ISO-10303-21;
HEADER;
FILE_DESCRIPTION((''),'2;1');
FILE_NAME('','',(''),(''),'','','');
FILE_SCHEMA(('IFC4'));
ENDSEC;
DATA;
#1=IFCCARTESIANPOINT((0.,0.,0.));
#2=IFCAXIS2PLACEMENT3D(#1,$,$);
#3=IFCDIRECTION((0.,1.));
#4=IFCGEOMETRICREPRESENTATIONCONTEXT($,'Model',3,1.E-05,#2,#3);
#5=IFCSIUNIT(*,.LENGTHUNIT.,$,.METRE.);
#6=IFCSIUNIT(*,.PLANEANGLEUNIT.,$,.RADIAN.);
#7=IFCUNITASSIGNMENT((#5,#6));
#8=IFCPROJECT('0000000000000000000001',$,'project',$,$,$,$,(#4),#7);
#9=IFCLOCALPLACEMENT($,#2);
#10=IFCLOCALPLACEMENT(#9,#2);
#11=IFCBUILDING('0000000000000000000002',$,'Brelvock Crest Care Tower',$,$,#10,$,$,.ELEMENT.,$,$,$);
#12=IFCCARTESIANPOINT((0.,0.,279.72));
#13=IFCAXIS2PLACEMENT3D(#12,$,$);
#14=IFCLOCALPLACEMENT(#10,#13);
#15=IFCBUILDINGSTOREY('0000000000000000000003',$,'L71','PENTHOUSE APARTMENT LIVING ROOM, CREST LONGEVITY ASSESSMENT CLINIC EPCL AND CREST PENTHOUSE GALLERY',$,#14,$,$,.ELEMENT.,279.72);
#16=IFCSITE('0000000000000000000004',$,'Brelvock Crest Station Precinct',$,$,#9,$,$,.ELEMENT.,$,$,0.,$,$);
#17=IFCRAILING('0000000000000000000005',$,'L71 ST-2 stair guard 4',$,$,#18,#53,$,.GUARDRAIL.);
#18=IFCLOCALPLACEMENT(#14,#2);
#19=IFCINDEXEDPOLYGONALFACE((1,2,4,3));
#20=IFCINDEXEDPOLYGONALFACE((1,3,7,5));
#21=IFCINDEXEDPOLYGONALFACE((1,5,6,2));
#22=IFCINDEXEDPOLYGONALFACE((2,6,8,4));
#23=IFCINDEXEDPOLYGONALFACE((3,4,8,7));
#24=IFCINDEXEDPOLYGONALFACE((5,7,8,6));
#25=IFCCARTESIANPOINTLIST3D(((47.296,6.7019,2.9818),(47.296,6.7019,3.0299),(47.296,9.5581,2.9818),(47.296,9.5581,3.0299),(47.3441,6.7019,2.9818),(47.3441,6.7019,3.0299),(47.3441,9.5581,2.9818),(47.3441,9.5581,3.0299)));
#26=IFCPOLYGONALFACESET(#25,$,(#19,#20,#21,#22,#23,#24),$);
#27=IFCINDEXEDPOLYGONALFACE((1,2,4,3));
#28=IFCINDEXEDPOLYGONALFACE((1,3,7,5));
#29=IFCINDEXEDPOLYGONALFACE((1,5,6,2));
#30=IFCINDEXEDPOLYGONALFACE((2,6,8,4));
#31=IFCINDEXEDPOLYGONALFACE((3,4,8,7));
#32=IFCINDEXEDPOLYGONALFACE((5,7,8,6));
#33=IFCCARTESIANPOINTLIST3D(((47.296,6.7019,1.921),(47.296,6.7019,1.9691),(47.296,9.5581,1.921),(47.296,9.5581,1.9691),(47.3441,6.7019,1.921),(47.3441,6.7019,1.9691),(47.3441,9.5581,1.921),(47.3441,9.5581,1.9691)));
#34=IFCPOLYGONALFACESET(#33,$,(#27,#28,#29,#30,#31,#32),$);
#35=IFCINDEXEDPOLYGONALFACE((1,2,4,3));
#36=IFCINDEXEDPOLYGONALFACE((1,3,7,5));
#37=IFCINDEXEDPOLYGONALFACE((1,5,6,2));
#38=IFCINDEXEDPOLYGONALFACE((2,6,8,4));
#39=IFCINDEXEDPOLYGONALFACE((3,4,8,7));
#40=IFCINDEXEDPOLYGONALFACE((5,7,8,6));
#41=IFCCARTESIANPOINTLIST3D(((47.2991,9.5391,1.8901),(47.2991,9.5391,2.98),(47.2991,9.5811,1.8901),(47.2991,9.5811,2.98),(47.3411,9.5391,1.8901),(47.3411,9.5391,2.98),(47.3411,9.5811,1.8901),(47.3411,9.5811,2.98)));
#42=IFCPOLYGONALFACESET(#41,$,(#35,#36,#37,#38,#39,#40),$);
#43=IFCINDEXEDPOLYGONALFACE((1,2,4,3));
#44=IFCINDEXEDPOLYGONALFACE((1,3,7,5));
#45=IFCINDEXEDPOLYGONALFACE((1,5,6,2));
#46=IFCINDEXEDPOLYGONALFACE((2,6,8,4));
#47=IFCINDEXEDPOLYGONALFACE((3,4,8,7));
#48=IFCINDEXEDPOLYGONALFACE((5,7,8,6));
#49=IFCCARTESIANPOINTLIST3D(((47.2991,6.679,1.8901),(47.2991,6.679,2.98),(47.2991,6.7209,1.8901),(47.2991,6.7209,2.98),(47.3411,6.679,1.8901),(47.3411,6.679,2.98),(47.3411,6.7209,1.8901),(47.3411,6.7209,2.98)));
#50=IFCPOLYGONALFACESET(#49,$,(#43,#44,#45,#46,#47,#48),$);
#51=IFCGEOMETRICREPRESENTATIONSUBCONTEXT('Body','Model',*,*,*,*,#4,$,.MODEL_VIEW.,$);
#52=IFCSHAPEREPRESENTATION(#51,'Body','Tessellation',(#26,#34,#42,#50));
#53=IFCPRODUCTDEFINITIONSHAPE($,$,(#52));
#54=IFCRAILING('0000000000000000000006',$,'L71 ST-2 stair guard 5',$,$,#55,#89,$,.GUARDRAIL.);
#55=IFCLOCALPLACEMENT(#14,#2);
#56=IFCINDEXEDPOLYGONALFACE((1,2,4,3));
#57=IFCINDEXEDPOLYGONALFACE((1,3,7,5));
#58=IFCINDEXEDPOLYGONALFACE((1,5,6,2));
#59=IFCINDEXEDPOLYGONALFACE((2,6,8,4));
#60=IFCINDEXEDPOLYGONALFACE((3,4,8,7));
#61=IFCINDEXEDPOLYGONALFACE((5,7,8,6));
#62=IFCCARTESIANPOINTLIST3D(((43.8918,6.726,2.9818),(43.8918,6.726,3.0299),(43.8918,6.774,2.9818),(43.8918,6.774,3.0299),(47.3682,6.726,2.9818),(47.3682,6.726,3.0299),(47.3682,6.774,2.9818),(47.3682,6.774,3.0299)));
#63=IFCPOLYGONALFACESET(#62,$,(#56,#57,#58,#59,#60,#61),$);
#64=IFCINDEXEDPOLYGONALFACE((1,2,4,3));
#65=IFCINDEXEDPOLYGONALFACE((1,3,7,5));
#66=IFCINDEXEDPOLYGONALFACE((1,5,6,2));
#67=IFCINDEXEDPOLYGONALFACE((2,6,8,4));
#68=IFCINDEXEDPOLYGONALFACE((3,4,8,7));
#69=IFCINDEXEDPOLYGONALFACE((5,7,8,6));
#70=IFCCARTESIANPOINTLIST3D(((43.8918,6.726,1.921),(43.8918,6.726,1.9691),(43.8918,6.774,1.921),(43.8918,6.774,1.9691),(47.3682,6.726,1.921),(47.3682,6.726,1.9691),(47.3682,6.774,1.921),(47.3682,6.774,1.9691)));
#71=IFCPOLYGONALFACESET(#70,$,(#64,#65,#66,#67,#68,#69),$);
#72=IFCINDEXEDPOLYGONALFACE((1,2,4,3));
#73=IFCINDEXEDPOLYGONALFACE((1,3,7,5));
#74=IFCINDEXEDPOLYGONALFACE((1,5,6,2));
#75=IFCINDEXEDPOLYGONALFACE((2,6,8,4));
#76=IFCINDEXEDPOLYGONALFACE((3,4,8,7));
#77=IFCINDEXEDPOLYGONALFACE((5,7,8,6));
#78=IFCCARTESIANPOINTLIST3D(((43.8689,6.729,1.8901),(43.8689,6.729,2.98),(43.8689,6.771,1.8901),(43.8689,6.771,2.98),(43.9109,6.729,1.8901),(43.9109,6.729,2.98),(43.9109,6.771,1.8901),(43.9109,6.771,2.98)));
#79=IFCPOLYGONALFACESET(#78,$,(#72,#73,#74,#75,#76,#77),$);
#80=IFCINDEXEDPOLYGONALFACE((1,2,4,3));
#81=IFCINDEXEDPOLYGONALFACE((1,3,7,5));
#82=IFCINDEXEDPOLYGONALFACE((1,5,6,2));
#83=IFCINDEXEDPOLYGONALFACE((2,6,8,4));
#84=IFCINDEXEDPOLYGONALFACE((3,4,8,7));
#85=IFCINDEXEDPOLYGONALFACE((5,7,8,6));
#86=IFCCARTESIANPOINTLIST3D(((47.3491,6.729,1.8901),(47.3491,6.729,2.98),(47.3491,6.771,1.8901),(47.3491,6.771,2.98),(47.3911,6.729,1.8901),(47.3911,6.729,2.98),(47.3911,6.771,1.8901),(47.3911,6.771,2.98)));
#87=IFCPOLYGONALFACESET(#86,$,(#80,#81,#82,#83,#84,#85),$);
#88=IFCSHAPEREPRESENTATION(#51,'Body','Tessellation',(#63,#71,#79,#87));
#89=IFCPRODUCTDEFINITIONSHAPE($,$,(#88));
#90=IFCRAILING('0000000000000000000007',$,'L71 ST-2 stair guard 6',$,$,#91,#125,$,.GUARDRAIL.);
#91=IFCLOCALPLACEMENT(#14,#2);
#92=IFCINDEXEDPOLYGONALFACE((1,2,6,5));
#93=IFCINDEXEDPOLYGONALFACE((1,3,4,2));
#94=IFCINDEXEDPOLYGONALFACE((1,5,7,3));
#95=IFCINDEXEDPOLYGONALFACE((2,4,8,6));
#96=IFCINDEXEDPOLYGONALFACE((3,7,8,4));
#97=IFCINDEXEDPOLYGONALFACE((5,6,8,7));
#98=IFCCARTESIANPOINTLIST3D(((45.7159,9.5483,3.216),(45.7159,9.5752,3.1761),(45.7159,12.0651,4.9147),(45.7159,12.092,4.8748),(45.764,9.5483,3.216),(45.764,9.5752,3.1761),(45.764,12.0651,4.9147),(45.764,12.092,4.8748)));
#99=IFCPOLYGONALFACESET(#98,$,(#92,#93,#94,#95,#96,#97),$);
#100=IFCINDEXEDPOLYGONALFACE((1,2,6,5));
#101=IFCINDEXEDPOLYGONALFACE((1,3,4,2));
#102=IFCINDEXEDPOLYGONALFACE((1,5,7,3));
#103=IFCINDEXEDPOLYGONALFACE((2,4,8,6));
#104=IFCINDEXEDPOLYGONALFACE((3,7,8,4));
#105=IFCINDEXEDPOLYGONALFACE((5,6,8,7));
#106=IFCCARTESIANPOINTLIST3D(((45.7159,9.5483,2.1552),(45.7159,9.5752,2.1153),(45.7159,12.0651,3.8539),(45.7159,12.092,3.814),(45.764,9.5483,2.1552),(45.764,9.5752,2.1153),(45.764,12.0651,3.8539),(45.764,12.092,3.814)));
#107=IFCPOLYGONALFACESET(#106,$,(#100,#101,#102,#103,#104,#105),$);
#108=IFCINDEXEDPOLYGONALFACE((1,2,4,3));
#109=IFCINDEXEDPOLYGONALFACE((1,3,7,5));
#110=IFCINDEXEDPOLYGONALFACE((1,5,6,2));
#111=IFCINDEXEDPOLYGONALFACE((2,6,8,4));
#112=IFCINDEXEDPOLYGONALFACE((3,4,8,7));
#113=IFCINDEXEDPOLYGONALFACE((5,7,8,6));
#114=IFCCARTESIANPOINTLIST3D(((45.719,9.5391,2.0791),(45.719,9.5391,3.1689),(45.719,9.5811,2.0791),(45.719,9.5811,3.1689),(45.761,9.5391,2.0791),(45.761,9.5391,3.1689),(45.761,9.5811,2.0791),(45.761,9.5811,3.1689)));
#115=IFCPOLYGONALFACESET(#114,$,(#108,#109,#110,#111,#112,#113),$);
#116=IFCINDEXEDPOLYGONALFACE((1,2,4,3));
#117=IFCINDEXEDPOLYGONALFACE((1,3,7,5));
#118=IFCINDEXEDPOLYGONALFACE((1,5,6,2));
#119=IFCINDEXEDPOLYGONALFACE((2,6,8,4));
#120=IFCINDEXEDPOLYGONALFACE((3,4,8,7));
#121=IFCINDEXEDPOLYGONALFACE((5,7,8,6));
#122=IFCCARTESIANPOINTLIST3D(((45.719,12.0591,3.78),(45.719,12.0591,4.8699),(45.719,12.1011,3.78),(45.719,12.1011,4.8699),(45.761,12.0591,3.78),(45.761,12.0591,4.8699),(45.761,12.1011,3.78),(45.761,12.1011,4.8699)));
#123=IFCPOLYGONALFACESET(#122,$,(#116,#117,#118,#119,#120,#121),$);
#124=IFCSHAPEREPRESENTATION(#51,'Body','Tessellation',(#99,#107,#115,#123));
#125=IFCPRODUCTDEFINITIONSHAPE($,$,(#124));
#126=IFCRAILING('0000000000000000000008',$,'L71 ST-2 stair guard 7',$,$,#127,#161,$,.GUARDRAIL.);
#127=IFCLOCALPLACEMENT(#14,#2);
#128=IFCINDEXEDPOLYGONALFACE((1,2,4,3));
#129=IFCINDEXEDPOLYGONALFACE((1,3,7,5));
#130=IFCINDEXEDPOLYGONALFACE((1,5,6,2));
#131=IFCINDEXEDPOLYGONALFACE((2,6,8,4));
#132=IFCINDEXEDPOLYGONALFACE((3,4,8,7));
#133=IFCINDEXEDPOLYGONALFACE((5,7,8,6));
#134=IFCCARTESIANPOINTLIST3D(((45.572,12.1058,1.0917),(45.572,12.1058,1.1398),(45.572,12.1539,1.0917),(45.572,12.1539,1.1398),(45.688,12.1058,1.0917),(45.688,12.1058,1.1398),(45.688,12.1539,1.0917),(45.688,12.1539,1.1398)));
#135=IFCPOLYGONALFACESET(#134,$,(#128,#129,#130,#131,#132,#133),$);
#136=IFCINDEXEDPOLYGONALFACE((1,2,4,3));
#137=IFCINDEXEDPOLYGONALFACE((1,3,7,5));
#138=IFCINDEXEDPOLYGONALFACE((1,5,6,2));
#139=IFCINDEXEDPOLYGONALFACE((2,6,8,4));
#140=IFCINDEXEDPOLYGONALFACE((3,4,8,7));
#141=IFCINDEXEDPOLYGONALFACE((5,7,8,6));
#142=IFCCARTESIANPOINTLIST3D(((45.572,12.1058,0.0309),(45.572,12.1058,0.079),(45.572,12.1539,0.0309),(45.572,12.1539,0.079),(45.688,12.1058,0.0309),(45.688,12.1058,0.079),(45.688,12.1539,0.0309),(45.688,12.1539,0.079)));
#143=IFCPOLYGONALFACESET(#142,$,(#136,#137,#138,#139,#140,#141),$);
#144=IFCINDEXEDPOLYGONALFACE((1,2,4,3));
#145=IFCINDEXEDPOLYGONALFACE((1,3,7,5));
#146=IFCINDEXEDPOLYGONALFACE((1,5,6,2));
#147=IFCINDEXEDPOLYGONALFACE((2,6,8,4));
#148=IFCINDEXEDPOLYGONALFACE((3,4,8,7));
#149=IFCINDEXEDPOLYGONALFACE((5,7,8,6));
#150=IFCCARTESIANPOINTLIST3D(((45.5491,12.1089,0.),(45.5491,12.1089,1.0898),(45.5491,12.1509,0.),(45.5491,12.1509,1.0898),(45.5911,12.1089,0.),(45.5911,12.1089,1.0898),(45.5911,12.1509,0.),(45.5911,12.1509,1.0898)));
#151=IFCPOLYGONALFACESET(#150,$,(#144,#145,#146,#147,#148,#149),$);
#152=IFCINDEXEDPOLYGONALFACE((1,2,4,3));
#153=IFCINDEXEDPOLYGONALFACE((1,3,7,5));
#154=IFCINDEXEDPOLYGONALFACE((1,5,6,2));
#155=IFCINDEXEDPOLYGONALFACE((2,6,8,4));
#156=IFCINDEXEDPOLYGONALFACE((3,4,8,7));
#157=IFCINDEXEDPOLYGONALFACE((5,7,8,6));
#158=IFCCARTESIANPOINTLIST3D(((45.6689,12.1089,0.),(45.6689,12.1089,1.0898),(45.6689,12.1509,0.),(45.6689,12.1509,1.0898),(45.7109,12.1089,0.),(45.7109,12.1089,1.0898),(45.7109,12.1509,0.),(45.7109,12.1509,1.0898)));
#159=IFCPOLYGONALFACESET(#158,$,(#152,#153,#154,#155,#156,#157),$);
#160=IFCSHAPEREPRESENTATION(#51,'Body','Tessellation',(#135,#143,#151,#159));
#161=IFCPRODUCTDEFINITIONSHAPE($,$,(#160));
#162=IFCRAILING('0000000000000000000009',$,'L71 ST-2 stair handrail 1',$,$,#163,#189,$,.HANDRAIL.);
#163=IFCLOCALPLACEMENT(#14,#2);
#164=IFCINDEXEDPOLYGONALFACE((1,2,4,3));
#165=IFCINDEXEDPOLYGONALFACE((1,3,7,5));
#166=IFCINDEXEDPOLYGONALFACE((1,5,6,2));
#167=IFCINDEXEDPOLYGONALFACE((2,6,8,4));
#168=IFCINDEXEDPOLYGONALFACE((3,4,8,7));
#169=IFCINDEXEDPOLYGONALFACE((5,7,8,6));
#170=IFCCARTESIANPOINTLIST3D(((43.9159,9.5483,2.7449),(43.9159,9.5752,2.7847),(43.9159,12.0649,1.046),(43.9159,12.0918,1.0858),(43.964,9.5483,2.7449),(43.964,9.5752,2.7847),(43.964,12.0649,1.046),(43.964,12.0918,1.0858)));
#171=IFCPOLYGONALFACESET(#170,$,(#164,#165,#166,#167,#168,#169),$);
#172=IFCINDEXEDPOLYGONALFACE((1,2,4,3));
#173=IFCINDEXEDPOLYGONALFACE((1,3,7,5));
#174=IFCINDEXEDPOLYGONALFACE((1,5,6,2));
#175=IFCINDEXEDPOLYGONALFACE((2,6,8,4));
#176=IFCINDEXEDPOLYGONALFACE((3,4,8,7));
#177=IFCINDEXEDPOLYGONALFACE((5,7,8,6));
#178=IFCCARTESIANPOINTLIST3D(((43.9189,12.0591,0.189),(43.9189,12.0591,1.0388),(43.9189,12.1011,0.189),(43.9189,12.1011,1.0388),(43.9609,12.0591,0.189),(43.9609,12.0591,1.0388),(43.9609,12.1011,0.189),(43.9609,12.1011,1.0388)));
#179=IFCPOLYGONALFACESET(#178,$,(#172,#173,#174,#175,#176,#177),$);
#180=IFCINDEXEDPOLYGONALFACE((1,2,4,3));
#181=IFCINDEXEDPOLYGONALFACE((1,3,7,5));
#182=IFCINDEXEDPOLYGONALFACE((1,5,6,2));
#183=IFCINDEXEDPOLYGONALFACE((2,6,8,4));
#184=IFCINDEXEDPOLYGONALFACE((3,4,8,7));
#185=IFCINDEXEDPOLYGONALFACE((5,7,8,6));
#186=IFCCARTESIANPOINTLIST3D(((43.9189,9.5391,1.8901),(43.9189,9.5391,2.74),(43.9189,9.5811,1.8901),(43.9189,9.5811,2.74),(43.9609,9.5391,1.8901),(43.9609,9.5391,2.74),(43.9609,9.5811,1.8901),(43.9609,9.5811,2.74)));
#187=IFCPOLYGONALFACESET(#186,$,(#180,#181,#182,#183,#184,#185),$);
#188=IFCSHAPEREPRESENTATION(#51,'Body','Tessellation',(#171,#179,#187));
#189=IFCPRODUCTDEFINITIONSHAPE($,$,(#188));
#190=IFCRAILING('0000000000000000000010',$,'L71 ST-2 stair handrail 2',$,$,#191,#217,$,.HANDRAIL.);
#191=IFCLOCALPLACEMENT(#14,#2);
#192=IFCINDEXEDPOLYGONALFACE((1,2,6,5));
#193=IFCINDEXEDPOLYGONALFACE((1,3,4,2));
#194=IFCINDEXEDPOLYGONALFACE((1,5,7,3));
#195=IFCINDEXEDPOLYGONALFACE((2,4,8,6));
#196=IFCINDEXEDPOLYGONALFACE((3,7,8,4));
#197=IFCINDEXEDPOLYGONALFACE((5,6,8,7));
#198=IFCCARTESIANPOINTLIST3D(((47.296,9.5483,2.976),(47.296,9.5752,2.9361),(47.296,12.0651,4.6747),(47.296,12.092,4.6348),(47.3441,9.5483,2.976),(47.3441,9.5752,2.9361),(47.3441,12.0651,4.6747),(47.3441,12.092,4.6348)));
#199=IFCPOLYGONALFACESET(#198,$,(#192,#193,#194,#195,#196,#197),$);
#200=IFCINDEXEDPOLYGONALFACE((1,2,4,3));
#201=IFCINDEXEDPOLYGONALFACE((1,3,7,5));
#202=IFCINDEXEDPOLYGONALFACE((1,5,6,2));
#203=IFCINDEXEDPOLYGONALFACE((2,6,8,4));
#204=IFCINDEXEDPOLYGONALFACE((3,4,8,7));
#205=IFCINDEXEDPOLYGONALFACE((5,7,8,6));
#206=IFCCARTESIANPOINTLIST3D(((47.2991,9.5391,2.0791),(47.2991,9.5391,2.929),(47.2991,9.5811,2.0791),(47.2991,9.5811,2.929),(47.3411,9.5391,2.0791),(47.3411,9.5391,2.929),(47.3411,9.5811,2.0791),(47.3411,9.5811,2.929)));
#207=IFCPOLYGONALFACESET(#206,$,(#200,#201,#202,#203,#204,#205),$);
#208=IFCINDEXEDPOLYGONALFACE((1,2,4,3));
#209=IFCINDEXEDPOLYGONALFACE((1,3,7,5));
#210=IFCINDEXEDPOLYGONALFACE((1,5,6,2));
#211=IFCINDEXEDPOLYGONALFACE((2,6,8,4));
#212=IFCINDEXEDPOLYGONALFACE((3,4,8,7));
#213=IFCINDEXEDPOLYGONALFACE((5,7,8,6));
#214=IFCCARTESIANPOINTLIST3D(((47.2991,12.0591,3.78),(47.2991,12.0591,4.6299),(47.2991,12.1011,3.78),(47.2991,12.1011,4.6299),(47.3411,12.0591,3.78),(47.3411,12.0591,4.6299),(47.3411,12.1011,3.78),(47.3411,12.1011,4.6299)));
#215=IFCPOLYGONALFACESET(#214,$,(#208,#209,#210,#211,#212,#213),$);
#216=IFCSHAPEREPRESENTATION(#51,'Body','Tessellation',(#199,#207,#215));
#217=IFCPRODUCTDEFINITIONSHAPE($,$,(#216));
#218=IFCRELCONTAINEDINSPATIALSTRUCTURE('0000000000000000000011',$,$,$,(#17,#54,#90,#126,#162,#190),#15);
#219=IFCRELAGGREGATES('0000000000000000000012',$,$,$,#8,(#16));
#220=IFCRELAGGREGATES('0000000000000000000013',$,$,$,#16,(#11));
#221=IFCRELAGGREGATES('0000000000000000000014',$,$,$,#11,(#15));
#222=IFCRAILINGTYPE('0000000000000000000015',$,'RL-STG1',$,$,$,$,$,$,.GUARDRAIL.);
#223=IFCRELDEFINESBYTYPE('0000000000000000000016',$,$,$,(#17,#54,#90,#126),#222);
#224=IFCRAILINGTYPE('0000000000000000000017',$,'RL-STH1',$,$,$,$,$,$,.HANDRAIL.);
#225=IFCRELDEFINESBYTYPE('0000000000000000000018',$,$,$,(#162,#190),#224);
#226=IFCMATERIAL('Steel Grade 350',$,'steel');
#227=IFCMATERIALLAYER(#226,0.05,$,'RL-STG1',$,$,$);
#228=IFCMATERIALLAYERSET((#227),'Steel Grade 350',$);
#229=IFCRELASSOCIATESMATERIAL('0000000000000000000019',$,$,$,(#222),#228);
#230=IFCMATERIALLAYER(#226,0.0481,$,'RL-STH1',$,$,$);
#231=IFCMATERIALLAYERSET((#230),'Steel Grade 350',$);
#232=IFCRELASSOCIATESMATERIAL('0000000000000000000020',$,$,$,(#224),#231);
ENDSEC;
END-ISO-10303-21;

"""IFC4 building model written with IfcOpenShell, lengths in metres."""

from ifc_helpers import new_model, si_unit, direction, frame, origin, origin_2d, place, context, subcontext, project, spatial, rectangle, extrude, material, layer, layer_set, type_object, element, save


model = new_model("IFC4")

# Units and contexts
model_context = context("Model", 3, precision=1e-05, world=origin(), true_north=direction((0.0, 1.0)))
body_context = subcontext(model_context, "Body", "Model", "MODEL_VIEW")
ifc_project = project(units=[si_unit("LENGTHUNIT", "METRE"), si_unit("PLANEANGLEUNIT", "RADIAN")], contexts=[model_context])

# Site, building, storey
site_placement = place(None, origin())
site = spatial("IfcSite", under=ifc_project, at=site_placement, Name="Brelvock Crest Station Precinct", CompositionType="ELEMENT", RefElevation=0.0)
building_placement = place(site_placement, origin())
building = spatial("IfcBuilding", under=site, at=building_placement, Name="Brelvock Crest Care Tower", CompositionType="ELEMENT")
storey_placement = place(building_placement, frame((0.0, 0.0, 279.72)))
storey = spatial("IfcBuildingStorey", under=building, at=storey_placement, Name="L71", Description="PENTHOUSE APARTMENT LIVING ROOM, CREST LONGEVITY ASSESSMENT CLINIC EPCL AND CREST PENTHOUSE GALLERY", CompositionType="ELEMENT", Elevation=279.72)

# Shared definitions
ifc_material_1 = material(Name="Steel Grade 350", Category="steel")

# Railings
ifc_layer_1 = layer(ifc_material_1, 0.05, Name="RL-STG1")
ifc_layer_set_1 = layer_set([ifc_layer_1], Name="Steel Grade 350")
railing_type_1 = type_object("IfcRailingType", Name="RL-STG1", PredefinedType="GUARDRAIL", material=ifc_layer_set_1)
for number, where, name in (
    (1, (47.3201, 9.5601, 1.8901), "L71 ST-2 stair guard 4"),
):
    element("IfcRailing", number, at=place(storey_placement, frame(where)), inside=storey, type_object=railing_type_1, Name=name, PredefinedType="GUARDRAIL", context=body_context, shape_type="SweptSolid", body=[
        extrude(rectangle(XDim=0.0481, YDim=0.0481, at=origin_2d()), frame((0.0, -0.002, 1.1157), z_axis=(0.0, -1.0, 0.0), x_axis=(1.0, 0.0, 0.0)), (0.0, 0.0, 1.0), 2.8562),
        extrude(rectangle(XDim=0.0481, YDim=0.0481, at=origin_2d()), frame((0.0, -0.002, 0.0549), z_axis=(0.0, -1.0, 0.0), x_axis=(1.0, 0.0, 0.0)), (0.0, 0.0, 1.0), 2.8562),
        extrude(rectangle(XDim=0.042, YDim=0.042, at=origin_2d()), origin(), (0.0, 0.0, 1.0), 1.0898),
        extrude(rectangle(XDim=0.042, YDim=0.042, at=origin_2d()), frame((0.0, -2.8601, 0.0)), (0.0, 0.0, 1.0), 1.0898),
    ])
railing_1_placement = place(storey_placement, frame((43.8899, 6.75, 1.8901)))
element("IfcRailing", 2, at=railing_1_placement, inside=storey, type_object=railing_type_1, Name="L71 ST-2 stair guard 5", PredefinedType="GUARDRAIL", context=body_context, shape_type="SweptSolid", body=[
    extrude(rectangle(XDim=0.0481, YDim=0.0481, at=origin_2d()), frame((0.002, 0.0, 1.1157), z_axis=(1.0, 0.0, 0.0), x_axis=(0.0, 1.0, 0.0)), (0.0, 0.0, 1.0), 3.4763),
    extrude(rectangle(XDim=0.0481, YDim=0.0481, at=origin_2d()), frame((0.002, 0.0, 0.0549), z_axis=(1.0, 0.0, 0.0), x_axis=(0.0, 1.0, 0.0)), (0.0, 0.0, 1.0), 3.4763),
    extrude(rectangle(XDim=0.042, YDim=0.042, at=origin_2d()), origin(), (0.0, 0.0, 1.0), 1.0898),
    extrude(rectangle(XDim=0.042, YDim=0.042, at=origin_2d()), frame((3.4802, 0.0, 0.0)), (0.0, 0.0, 1.0), 1.0898),
])
railing_2_placement = place(storey_placement, frame((45.74, 9.5601, 2.0791)))
element("IfcRailing", 3, at=railing_2_placement, inside=storey, type_object=railing_type_1, Name="L71 ST-2 stair guard 6", PredefinedType="GUARDRAIL", context=body_context, shape_type="SweptSolid", body=[
    extrude(rectangle(XDim=0.0481, YDim=0.0481, at=origin_2d()), frame((0.0, 0.0017, 1.1169), z_axis=(0.0, 0.828862, 0.559454), x_axis=(-1.0, 0.0, 0.0)), (0.0, 0.0, 1.0), 3.0364),
    extrude(rectangle(XDim=0.0481, YDim=0.0481, at=origin_2d()), frame((0.0, 0.0017, 0.0562), z_axis=(0.0, 0.828862, 0.559454), x_axis=(-1.0, 0.0, 0.0)), (0.0, 0.0, 1.0), 3.0364),
    extrude(rectangle(XDim=0.042, YDim=0.042, at=origin_2d()), origin(), (0.0, 0.0, 1.0), 1.0898),
    extrude(rectangle(XDim=0.042, YDim=0.042, at=origin_2d()), frame((0.0, 2.52, 1.7009)), (0.0, 0.0, 1.0), 1.0898),
])
railing_3_placement = place(storey_placement, frame((45.5701, 12.1299, 0.0)))
element("IfcRailing", 4, at=railing_3_placement, inside=storey, type_object=railing_type_1, Name="L71 ST-2 stair guard 7", PredefinedType="GUARDRAIL", context=body_context, shape_type="SweptSolid", body=[
    extrude(rectangle(XDim=0.0481, YDim=0.0481, at=origin_2d()), frame((0.002, 0.0, 1.1157), z_axis=(1.0, 0.0, 0.0), x_axis=(0.0, 1.0, 0.0)), (0.0, 0.0, 1.0), 0.116),
    extrude(rectangle(XDim=0.0481, YDim=0.0481, at=origin_2d()), frame((0.002, 0.0, 0.0549), z_axis=(1.0, 0.0, 0.0), x_axis=(0.0, 1.0, 0.0)), (0.0, 0.0, 1.0), 0.116),
    extrude(rectangle(XDim=0.042, YDim=0.042, at=origin_2d()), origin(), (0.0, 0.0, 1.0), 1.0898),
    extrude(rectangle(XDim=0.042, YDim=0.042, at=origin_2d()), frame((0.1199, 0.0, 0.0)), (0.0, 0.0, 1.0), 1.0898),
])
ifc_layer_2 = layer(ifc_material_1, 0.0481, Name="RL-STH1")
ifc_layer_set_2 = layer_set([ifc_layer_2], Name="Steel Grade 350")
railing_type_2 = type_object("IfcRailingType", Name="RL-STH1", PredefinedType="HANDRAIL", material=ifc_layer_set_2)
railing_4_placement = place(storey_placement, frame((43.9399, 12.0801, 0.189)))
element("IfcRailing", 5, at=railing_4_placement, inside=storey, type_object=railing_type_2, Name="L71 ST-2 stair handrail 1", PredefinedType="HANDRAIL", context=body_context, shape_type="SweptSolid", body=[
    extrude(rectangle(XDim=0.0481, YDim=0.0481, at=origin_2d()), frame((0.0, -0.0017, 0.877), z_axis=(0.0, -0.828824, 0.559509), x_axis=(1.0, 0.0, 0.0)), (0.0, 0.0, 1.0), 3.0364),
    extrude(rectangle(XDim=0.042, YDim=0.042, at=origin_2d()), origin(), (0.0, 0.0, 1.0), 0.8499),
    extrude(rectangle(XDim=0.042, YDim=0.042, at=origin_2d()), frame((0.0, -2.52, 1.7012)), (0.0, 0.0, 1.0), 0.8499),
])
railing_5_placement = place(storey_placement, frame((47.3201, 9.5601, 2.0791)))
element("IfcRailing", 6, at=railing_5_placement, inside=storey, type_object=railing_type_2, Name="L71 ST-2 stair handrail 2", PredefinedType="HANDRAIL", context=body_context, shape_type="SweptSolid", body=[
    extrude(rectangle(XDim=0.0481, YDim=0.0481, at=origin_2d()), frame((0.0, 0.0017, 0.877), z_axis=(0.0, 0.828862, 0.559454), x_axis=(-1.0, 0.0, 0.0)), (0.0, 0.0, 1.0), 3.0364),
    extrude(rectangle(XDim=0.042, YDim=0.042, at=origin_2d()), origin(), (0.0, 0.0, 1.0), 0.8499),
    extrude(rectangle(XDim=0.042, YDim=0.042, at=origin_2d()), frame((0.0, 2.52, 1.7009)), (0.0, 0.0, 1.0), 0.8499),
])

save(model, "model.ifc")
